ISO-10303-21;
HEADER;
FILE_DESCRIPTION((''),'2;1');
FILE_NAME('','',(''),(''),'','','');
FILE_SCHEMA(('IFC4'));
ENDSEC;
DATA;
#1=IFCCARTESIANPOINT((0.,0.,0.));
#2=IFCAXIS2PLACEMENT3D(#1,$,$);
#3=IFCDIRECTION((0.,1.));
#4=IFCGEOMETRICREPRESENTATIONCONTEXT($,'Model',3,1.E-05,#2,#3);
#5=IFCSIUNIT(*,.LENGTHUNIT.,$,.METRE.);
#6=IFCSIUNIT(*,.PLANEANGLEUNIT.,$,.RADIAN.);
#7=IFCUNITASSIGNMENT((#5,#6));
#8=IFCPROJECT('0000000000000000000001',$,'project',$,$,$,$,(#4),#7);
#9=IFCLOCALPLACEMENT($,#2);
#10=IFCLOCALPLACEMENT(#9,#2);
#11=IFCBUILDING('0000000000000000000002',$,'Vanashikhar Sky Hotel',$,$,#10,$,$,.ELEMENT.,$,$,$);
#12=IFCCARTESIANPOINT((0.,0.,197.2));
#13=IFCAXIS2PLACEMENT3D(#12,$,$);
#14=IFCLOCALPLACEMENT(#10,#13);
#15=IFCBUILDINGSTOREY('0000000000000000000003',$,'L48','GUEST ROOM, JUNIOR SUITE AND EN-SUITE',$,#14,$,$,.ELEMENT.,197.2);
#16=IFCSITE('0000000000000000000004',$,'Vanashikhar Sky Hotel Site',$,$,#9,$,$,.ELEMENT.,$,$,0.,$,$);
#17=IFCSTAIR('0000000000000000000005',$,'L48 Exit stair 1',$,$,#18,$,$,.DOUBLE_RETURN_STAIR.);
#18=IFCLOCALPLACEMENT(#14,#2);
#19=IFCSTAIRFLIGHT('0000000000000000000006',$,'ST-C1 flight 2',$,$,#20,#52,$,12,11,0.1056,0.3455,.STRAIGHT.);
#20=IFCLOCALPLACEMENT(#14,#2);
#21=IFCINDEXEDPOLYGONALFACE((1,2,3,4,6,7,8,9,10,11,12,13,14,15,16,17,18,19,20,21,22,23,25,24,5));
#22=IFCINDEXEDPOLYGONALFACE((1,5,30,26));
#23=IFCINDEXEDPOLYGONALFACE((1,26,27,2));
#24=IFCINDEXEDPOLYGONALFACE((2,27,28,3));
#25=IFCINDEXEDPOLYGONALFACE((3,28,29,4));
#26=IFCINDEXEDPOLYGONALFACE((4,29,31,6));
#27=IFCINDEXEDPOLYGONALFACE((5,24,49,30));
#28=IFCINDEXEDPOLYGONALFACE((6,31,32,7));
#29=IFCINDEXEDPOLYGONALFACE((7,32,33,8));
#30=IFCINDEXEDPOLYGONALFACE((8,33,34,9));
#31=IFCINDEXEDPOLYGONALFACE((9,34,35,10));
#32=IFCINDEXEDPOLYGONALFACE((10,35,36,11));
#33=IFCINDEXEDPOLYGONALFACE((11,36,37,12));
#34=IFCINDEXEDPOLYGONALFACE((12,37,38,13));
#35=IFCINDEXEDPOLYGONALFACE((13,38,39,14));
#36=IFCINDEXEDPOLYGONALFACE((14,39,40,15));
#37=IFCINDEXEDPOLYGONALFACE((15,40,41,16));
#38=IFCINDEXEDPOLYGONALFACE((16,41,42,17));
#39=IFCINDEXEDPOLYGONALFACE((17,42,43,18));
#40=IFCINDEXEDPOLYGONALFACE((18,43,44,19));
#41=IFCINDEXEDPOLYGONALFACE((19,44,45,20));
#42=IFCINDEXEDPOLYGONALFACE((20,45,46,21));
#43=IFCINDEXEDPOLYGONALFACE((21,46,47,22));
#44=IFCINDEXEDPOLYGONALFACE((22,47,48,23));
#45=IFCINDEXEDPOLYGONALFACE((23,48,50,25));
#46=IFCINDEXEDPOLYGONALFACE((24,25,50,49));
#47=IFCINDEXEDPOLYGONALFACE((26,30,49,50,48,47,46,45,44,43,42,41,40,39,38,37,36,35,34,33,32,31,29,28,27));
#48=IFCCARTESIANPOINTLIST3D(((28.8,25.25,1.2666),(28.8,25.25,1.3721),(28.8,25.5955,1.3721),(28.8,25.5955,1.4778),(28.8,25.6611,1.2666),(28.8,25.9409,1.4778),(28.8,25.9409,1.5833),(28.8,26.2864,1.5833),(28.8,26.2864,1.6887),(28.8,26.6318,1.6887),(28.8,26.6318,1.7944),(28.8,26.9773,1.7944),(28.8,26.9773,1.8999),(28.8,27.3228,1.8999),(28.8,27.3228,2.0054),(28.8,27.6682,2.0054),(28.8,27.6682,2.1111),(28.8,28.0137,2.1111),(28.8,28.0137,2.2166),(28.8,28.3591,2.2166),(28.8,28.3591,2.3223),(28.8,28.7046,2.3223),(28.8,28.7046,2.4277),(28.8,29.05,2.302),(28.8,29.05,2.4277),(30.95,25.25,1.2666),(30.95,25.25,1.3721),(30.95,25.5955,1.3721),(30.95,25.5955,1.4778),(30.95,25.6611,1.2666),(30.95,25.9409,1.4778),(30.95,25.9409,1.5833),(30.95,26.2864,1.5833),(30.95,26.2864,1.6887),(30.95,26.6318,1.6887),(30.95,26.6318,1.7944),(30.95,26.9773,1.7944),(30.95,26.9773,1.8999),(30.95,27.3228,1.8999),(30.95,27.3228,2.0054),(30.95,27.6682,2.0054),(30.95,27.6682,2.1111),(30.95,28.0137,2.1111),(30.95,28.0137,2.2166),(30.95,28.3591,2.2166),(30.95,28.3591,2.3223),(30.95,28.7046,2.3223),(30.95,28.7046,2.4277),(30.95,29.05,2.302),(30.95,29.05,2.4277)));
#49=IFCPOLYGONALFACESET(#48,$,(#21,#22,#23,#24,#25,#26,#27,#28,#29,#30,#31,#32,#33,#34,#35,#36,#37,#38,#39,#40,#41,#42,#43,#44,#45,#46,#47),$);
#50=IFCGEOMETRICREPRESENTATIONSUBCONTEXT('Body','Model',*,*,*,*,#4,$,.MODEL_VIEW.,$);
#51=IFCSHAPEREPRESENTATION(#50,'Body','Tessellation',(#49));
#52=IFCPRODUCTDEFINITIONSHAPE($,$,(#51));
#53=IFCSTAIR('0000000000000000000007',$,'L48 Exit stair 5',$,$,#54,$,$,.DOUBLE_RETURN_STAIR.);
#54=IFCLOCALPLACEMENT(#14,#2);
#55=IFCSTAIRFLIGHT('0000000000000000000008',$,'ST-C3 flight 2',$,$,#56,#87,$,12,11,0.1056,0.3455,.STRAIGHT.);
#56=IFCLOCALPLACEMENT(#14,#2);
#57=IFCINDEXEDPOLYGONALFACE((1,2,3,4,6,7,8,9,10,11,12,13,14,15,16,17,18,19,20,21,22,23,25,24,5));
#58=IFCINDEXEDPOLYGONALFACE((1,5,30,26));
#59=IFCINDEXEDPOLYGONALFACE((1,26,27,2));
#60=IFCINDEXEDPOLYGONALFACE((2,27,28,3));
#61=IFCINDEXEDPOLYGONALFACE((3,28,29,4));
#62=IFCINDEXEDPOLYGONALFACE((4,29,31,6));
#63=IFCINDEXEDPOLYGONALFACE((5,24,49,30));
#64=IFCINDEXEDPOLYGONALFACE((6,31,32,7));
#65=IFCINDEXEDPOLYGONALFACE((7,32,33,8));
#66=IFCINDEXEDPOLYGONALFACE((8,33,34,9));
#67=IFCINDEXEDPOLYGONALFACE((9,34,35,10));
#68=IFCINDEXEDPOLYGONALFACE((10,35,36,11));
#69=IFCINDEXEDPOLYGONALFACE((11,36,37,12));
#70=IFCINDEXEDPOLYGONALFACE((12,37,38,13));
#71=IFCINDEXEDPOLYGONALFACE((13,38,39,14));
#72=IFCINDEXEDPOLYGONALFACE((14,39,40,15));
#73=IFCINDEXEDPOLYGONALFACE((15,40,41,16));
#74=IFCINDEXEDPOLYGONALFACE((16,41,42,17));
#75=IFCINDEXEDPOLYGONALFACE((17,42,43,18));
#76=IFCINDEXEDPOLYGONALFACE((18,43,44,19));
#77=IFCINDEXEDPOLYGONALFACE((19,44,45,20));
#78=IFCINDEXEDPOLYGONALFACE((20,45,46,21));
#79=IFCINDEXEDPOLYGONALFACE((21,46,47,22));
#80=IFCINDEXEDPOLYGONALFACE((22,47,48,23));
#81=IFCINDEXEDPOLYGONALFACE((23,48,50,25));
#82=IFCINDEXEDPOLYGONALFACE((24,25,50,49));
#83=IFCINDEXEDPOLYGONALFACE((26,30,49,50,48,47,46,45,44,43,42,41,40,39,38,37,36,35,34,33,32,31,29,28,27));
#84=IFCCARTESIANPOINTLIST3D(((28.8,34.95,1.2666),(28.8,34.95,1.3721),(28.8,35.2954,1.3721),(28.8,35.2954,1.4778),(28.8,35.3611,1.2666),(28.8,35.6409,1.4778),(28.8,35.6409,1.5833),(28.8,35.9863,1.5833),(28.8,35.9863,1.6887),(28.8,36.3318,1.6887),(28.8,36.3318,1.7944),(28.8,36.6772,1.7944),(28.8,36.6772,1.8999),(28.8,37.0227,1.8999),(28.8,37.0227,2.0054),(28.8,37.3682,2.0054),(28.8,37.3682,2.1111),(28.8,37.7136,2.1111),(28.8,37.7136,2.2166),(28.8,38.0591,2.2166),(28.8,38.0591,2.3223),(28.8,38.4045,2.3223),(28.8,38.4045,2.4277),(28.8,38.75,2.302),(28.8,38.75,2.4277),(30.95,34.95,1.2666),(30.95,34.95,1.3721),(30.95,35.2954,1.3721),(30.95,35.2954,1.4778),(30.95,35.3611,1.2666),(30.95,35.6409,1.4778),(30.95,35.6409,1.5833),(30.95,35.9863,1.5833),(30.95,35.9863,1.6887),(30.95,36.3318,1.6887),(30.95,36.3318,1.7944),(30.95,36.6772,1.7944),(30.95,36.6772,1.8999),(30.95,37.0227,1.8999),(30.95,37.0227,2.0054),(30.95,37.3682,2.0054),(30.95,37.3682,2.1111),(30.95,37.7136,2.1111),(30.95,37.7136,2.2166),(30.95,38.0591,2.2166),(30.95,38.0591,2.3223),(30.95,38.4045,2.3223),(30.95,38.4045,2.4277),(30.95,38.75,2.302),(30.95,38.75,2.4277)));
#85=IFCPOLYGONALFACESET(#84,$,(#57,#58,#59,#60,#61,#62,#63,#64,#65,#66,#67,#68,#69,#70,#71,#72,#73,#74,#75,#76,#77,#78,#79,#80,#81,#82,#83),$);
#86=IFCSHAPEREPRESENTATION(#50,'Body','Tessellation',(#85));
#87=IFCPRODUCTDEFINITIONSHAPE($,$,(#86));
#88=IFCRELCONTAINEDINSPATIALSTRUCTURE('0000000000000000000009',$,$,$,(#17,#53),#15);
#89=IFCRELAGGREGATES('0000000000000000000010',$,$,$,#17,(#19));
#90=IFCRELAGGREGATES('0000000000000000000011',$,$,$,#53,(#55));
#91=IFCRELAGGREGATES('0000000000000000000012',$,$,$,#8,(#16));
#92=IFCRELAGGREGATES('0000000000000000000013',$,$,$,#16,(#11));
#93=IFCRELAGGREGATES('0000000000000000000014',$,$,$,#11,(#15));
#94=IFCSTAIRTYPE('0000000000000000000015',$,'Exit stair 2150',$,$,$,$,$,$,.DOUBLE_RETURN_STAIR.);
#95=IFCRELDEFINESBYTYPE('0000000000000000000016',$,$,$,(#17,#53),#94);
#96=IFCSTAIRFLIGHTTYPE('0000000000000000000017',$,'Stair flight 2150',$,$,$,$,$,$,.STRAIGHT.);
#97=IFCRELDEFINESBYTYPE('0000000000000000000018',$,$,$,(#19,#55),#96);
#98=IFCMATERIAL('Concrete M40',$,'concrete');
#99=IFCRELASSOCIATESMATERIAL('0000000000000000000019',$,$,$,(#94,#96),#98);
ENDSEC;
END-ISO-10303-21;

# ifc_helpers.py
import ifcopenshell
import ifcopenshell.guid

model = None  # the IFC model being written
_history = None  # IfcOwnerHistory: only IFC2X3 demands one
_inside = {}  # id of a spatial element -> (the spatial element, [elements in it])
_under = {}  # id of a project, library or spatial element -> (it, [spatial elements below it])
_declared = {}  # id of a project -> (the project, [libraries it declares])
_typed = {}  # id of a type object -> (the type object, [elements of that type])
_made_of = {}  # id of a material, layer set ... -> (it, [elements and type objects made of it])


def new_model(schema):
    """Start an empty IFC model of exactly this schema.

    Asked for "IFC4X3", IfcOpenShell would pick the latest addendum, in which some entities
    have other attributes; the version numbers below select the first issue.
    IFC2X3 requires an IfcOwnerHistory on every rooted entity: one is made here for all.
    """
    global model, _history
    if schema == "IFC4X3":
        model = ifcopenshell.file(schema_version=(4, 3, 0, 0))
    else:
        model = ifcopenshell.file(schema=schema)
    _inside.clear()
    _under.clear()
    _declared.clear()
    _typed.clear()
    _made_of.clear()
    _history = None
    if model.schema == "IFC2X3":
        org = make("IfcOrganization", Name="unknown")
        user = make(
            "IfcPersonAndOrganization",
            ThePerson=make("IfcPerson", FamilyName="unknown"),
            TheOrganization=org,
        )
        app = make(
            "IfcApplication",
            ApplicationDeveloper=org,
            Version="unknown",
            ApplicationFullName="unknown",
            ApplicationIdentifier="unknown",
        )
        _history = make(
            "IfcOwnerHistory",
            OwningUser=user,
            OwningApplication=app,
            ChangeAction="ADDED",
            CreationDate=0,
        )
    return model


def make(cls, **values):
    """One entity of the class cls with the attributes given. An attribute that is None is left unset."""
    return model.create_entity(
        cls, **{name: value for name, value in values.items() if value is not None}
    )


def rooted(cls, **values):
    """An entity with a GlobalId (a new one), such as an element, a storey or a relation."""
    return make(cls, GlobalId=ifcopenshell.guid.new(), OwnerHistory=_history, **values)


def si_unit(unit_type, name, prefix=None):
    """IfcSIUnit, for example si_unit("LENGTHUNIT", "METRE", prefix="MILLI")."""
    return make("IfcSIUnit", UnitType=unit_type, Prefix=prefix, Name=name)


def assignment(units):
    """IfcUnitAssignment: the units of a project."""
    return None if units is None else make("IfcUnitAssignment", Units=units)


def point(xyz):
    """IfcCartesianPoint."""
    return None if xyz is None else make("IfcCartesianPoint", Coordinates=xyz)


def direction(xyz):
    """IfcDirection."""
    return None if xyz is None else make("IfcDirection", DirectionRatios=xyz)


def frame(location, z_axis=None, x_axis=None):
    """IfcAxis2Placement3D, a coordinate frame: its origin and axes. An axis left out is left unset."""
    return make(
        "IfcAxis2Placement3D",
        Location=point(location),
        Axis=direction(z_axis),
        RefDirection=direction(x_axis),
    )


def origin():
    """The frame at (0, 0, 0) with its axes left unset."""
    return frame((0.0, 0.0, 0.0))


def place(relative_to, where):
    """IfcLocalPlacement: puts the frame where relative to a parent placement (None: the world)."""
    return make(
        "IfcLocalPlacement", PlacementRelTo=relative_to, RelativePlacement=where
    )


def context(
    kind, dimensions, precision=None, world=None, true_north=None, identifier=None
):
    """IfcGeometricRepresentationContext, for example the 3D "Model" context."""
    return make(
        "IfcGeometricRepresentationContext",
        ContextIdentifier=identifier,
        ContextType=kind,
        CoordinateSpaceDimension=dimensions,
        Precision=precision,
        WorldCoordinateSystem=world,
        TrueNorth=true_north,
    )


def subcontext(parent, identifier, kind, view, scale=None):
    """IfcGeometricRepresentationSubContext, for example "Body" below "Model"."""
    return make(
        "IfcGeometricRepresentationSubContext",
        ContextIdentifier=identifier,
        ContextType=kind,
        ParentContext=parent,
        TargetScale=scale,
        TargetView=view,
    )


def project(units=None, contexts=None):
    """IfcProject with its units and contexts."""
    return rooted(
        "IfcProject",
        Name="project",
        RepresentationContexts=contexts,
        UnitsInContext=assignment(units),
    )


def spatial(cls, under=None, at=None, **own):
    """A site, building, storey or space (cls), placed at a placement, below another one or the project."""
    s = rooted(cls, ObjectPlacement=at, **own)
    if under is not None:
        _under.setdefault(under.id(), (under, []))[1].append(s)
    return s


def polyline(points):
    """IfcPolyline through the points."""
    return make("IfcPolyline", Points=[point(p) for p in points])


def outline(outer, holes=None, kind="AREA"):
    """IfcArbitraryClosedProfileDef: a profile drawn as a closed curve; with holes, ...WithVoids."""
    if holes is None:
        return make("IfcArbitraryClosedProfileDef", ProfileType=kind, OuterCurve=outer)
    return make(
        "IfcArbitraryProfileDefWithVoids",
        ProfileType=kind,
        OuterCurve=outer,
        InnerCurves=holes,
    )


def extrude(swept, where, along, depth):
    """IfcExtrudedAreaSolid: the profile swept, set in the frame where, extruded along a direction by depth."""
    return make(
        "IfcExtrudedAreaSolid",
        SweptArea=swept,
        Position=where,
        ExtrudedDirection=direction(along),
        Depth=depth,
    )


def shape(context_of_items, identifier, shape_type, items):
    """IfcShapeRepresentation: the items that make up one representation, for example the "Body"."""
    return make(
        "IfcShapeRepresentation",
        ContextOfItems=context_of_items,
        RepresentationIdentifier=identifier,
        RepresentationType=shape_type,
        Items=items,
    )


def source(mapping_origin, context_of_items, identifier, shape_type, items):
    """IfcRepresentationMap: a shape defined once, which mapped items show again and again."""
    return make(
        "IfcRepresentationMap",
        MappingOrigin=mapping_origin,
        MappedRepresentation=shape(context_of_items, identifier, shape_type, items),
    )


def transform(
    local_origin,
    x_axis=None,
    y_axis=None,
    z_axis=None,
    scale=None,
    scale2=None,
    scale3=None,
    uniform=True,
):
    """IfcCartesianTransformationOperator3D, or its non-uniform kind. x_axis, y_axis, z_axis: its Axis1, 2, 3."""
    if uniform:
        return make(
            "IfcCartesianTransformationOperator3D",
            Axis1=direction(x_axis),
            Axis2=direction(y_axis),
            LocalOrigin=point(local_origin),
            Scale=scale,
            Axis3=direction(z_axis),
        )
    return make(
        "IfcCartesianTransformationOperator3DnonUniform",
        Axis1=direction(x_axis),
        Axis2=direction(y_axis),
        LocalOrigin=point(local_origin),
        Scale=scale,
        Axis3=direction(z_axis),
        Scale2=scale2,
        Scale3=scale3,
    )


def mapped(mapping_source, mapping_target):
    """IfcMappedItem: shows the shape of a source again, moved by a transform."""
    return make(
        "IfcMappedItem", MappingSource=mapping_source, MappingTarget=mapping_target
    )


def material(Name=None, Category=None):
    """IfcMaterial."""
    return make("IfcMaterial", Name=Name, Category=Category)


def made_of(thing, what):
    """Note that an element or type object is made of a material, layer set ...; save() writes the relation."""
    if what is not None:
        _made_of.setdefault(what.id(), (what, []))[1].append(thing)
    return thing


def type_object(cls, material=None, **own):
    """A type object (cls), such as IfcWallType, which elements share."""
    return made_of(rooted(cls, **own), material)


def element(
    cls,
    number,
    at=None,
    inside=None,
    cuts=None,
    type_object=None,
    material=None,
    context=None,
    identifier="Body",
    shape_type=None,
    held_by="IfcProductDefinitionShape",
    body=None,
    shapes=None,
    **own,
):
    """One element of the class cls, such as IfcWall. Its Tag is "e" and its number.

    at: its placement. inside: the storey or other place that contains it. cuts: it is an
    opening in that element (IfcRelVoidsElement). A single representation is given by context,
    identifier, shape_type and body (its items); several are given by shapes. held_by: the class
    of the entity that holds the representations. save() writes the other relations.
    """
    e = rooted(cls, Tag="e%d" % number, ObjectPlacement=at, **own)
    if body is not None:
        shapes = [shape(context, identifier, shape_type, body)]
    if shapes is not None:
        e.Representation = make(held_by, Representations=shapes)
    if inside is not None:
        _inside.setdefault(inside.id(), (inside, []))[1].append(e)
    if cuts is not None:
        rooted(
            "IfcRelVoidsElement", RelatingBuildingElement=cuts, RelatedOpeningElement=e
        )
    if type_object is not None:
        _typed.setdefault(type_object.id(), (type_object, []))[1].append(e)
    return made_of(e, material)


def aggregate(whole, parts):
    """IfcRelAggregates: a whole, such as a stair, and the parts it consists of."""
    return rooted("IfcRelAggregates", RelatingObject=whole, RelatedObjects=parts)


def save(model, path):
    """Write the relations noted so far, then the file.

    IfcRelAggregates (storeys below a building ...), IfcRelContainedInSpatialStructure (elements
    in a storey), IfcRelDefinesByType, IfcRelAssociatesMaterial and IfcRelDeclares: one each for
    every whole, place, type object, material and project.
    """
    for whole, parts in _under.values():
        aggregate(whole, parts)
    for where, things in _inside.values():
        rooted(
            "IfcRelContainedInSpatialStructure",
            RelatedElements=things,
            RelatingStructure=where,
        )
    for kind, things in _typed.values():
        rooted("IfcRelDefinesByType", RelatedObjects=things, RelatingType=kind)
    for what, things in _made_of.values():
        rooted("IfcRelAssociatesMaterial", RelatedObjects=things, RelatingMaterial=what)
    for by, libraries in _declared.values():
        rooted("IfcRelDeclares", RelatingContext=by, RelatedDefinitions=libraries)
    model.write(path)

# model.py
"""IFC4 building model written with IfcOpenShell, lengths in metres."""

from ifc_helpers import new_model, si_unit, direction, frame, origin, place, context, subcontext, project, spatial, polyline, outline, extrude, source, transform, mapped, material, type_object, element, aggregate, save


model = new_model("IFC4")

# Units and contexts
model_context = context("Model", 3, precision=1e-05, world=origin(), true_north=direction((0.0, 1.0)))
body_context = subcontext(model_context, "Body", "Model", "MODEL_VIEW")
ifc_project = project(units=[si_unit("LENGTHUNIT", "METRE"), si_unit("PLANEANGLEUNIT", "RADIAN")], contexts=[model_context])

# Site, building, storey
site_placement = place(None, origin())
site = spatial("IfcSite", under=ifc_project, at=site_placement, Name="Vanashikhar Sky Hotel Site", CompositionType="ELEMENT", RefElevation=0.0)
building_placement = place(site_placement, origin())
building = spatial("IfcBuilding", under=site, at=building_placement, Name="Vanashikhar Sky Hotel", CompositionType="ELEMENT")
storey_placement = place(building_placement, frame((0.0, 0.0, 197.2)))
storey = spatial("IfcBuildingStorey", under=building, at=storey_placement, Name="L48", Description="GUEST ROOM, JUNIOR SUITE AND EN-SUITE", CompositionType="ELEMENT", Elevation=197.2)

# Shared definitions
ifc_material_1 = material(Name="Concrete M40", Category="concrete")

# Stairs, stair flights
stair_type = type_object("IfcStairType", Name="Exit stair 2150", PredefinedType="DOUBLE_RETURN_STAIR", material=ifc_material_1)
stair_1_placement = place(storey_placement, origin())
stair_1 = element("IfcStair", 1, at=stair_1_placement, inside=storey, type_object=stair_type, Name="L48 Exit stair 1", PredefinedType="DOUBLE_RETURN_STAIR")
stair_flight_type = type_object("IfcStairFlightType", Name="Stair flight 2150", PredefinedType="STRAIGHT", material=ifc_material_1)
shared_shape_1 = source(origin(), body_context, "Body", "SweptSolid", [
    extrude(outline(polyline([(0.0, 0.0), (0.0, 0.1055), (0.3455, 0.1055), (0.3455, 0.2112), (0.6909, 0.2112), (0.6909, 0.3167), (1.0364, 0.3167), (1.0364, 0.4221), (1.3818, 0.4221), (1.3818, 0.5278), (1.7273, 0.5278), (1.7273, 0.6333), (2.0728, 0.6333), (2.0728, 0.7388), (2.4182, 0.7388), (2.4182, 0.8445), (2.7637, 0.8445), (2.7637, 0.95), (3.1091, 0.95), (3.1091, 1.0557), (3.4546, 1.0557), (3.4546, 1.1611), (3.8, 1.1611), (3.8, 1.2666), (3.8, 1.0354), (0.4111, 0.0), (0.0, 0.0)])), frame((0.0, 1.075, 0.0), z_axis=(0.0, -1.0, 0.0), x_axis=(1.0, 0.0, 0.0)), (0.0, 0.0, 1.0), 2.1499),
])
stair_flight_1_placement = place(storey_placement, frame((29.875, 25.25, 1.2666), z_axis=(0.0, 0.0, 1.0), x_axis=(0.0, 1.0, 0.0)))
stair_flight_1 = element("IfcStairFlight", 2, at=stair_flight_1_placement, type_object=stair_flight_type, Name="ST-C1 flight 2", NumberOfRisers=12, NumberOfTreads=11, PredefinedType="STRAIGHT", RiserHeight=0.1056, TreadLength=0.3455, context=body_context, shape_type="MappedRepresentation", body=[
    mapped(shared_shape_1, transform((0.0, 0.0, 0.0), scale=1.0)),
])
aggregate(stair_1, [stair_flight_1])
stair_2_placement = place(storey_placement, origin())
stair_2 = element("IfcStair", 3, at=stair_2_placement, inside=storey, type_object=stair_type, Name="L48 Exit stair 5", PredefinedType="DOUBLE_RETURN_STAIR")
stair_flight_2_placement = place(storey_placement, frame((29.875, 34.95, 1.2666), z_axis=(0.0, 0.0, 1.0), x_axis=(0.0, 1.0, 0.0)))
stair_flight_2 = element("IfcStairFlight", 4, at=stair_flight_2_placement, type_object=stair_flight_type, Name="ST-C3 flight 2", NumberOfRisers=12, NumberOfTreads=11, PredefinedType="STRAIGHT", RiserHeight=0.1056, TreadLength=0.3455, context=body_context, shape_type="MappedRepresentation", body=[
    mapped(shared_shape_1, transform((0.0, 0.0, 0.0), scale=1.0)),
])
aggregate(stair_2, [stair_flight_2])

save(model, "model.ifc")
